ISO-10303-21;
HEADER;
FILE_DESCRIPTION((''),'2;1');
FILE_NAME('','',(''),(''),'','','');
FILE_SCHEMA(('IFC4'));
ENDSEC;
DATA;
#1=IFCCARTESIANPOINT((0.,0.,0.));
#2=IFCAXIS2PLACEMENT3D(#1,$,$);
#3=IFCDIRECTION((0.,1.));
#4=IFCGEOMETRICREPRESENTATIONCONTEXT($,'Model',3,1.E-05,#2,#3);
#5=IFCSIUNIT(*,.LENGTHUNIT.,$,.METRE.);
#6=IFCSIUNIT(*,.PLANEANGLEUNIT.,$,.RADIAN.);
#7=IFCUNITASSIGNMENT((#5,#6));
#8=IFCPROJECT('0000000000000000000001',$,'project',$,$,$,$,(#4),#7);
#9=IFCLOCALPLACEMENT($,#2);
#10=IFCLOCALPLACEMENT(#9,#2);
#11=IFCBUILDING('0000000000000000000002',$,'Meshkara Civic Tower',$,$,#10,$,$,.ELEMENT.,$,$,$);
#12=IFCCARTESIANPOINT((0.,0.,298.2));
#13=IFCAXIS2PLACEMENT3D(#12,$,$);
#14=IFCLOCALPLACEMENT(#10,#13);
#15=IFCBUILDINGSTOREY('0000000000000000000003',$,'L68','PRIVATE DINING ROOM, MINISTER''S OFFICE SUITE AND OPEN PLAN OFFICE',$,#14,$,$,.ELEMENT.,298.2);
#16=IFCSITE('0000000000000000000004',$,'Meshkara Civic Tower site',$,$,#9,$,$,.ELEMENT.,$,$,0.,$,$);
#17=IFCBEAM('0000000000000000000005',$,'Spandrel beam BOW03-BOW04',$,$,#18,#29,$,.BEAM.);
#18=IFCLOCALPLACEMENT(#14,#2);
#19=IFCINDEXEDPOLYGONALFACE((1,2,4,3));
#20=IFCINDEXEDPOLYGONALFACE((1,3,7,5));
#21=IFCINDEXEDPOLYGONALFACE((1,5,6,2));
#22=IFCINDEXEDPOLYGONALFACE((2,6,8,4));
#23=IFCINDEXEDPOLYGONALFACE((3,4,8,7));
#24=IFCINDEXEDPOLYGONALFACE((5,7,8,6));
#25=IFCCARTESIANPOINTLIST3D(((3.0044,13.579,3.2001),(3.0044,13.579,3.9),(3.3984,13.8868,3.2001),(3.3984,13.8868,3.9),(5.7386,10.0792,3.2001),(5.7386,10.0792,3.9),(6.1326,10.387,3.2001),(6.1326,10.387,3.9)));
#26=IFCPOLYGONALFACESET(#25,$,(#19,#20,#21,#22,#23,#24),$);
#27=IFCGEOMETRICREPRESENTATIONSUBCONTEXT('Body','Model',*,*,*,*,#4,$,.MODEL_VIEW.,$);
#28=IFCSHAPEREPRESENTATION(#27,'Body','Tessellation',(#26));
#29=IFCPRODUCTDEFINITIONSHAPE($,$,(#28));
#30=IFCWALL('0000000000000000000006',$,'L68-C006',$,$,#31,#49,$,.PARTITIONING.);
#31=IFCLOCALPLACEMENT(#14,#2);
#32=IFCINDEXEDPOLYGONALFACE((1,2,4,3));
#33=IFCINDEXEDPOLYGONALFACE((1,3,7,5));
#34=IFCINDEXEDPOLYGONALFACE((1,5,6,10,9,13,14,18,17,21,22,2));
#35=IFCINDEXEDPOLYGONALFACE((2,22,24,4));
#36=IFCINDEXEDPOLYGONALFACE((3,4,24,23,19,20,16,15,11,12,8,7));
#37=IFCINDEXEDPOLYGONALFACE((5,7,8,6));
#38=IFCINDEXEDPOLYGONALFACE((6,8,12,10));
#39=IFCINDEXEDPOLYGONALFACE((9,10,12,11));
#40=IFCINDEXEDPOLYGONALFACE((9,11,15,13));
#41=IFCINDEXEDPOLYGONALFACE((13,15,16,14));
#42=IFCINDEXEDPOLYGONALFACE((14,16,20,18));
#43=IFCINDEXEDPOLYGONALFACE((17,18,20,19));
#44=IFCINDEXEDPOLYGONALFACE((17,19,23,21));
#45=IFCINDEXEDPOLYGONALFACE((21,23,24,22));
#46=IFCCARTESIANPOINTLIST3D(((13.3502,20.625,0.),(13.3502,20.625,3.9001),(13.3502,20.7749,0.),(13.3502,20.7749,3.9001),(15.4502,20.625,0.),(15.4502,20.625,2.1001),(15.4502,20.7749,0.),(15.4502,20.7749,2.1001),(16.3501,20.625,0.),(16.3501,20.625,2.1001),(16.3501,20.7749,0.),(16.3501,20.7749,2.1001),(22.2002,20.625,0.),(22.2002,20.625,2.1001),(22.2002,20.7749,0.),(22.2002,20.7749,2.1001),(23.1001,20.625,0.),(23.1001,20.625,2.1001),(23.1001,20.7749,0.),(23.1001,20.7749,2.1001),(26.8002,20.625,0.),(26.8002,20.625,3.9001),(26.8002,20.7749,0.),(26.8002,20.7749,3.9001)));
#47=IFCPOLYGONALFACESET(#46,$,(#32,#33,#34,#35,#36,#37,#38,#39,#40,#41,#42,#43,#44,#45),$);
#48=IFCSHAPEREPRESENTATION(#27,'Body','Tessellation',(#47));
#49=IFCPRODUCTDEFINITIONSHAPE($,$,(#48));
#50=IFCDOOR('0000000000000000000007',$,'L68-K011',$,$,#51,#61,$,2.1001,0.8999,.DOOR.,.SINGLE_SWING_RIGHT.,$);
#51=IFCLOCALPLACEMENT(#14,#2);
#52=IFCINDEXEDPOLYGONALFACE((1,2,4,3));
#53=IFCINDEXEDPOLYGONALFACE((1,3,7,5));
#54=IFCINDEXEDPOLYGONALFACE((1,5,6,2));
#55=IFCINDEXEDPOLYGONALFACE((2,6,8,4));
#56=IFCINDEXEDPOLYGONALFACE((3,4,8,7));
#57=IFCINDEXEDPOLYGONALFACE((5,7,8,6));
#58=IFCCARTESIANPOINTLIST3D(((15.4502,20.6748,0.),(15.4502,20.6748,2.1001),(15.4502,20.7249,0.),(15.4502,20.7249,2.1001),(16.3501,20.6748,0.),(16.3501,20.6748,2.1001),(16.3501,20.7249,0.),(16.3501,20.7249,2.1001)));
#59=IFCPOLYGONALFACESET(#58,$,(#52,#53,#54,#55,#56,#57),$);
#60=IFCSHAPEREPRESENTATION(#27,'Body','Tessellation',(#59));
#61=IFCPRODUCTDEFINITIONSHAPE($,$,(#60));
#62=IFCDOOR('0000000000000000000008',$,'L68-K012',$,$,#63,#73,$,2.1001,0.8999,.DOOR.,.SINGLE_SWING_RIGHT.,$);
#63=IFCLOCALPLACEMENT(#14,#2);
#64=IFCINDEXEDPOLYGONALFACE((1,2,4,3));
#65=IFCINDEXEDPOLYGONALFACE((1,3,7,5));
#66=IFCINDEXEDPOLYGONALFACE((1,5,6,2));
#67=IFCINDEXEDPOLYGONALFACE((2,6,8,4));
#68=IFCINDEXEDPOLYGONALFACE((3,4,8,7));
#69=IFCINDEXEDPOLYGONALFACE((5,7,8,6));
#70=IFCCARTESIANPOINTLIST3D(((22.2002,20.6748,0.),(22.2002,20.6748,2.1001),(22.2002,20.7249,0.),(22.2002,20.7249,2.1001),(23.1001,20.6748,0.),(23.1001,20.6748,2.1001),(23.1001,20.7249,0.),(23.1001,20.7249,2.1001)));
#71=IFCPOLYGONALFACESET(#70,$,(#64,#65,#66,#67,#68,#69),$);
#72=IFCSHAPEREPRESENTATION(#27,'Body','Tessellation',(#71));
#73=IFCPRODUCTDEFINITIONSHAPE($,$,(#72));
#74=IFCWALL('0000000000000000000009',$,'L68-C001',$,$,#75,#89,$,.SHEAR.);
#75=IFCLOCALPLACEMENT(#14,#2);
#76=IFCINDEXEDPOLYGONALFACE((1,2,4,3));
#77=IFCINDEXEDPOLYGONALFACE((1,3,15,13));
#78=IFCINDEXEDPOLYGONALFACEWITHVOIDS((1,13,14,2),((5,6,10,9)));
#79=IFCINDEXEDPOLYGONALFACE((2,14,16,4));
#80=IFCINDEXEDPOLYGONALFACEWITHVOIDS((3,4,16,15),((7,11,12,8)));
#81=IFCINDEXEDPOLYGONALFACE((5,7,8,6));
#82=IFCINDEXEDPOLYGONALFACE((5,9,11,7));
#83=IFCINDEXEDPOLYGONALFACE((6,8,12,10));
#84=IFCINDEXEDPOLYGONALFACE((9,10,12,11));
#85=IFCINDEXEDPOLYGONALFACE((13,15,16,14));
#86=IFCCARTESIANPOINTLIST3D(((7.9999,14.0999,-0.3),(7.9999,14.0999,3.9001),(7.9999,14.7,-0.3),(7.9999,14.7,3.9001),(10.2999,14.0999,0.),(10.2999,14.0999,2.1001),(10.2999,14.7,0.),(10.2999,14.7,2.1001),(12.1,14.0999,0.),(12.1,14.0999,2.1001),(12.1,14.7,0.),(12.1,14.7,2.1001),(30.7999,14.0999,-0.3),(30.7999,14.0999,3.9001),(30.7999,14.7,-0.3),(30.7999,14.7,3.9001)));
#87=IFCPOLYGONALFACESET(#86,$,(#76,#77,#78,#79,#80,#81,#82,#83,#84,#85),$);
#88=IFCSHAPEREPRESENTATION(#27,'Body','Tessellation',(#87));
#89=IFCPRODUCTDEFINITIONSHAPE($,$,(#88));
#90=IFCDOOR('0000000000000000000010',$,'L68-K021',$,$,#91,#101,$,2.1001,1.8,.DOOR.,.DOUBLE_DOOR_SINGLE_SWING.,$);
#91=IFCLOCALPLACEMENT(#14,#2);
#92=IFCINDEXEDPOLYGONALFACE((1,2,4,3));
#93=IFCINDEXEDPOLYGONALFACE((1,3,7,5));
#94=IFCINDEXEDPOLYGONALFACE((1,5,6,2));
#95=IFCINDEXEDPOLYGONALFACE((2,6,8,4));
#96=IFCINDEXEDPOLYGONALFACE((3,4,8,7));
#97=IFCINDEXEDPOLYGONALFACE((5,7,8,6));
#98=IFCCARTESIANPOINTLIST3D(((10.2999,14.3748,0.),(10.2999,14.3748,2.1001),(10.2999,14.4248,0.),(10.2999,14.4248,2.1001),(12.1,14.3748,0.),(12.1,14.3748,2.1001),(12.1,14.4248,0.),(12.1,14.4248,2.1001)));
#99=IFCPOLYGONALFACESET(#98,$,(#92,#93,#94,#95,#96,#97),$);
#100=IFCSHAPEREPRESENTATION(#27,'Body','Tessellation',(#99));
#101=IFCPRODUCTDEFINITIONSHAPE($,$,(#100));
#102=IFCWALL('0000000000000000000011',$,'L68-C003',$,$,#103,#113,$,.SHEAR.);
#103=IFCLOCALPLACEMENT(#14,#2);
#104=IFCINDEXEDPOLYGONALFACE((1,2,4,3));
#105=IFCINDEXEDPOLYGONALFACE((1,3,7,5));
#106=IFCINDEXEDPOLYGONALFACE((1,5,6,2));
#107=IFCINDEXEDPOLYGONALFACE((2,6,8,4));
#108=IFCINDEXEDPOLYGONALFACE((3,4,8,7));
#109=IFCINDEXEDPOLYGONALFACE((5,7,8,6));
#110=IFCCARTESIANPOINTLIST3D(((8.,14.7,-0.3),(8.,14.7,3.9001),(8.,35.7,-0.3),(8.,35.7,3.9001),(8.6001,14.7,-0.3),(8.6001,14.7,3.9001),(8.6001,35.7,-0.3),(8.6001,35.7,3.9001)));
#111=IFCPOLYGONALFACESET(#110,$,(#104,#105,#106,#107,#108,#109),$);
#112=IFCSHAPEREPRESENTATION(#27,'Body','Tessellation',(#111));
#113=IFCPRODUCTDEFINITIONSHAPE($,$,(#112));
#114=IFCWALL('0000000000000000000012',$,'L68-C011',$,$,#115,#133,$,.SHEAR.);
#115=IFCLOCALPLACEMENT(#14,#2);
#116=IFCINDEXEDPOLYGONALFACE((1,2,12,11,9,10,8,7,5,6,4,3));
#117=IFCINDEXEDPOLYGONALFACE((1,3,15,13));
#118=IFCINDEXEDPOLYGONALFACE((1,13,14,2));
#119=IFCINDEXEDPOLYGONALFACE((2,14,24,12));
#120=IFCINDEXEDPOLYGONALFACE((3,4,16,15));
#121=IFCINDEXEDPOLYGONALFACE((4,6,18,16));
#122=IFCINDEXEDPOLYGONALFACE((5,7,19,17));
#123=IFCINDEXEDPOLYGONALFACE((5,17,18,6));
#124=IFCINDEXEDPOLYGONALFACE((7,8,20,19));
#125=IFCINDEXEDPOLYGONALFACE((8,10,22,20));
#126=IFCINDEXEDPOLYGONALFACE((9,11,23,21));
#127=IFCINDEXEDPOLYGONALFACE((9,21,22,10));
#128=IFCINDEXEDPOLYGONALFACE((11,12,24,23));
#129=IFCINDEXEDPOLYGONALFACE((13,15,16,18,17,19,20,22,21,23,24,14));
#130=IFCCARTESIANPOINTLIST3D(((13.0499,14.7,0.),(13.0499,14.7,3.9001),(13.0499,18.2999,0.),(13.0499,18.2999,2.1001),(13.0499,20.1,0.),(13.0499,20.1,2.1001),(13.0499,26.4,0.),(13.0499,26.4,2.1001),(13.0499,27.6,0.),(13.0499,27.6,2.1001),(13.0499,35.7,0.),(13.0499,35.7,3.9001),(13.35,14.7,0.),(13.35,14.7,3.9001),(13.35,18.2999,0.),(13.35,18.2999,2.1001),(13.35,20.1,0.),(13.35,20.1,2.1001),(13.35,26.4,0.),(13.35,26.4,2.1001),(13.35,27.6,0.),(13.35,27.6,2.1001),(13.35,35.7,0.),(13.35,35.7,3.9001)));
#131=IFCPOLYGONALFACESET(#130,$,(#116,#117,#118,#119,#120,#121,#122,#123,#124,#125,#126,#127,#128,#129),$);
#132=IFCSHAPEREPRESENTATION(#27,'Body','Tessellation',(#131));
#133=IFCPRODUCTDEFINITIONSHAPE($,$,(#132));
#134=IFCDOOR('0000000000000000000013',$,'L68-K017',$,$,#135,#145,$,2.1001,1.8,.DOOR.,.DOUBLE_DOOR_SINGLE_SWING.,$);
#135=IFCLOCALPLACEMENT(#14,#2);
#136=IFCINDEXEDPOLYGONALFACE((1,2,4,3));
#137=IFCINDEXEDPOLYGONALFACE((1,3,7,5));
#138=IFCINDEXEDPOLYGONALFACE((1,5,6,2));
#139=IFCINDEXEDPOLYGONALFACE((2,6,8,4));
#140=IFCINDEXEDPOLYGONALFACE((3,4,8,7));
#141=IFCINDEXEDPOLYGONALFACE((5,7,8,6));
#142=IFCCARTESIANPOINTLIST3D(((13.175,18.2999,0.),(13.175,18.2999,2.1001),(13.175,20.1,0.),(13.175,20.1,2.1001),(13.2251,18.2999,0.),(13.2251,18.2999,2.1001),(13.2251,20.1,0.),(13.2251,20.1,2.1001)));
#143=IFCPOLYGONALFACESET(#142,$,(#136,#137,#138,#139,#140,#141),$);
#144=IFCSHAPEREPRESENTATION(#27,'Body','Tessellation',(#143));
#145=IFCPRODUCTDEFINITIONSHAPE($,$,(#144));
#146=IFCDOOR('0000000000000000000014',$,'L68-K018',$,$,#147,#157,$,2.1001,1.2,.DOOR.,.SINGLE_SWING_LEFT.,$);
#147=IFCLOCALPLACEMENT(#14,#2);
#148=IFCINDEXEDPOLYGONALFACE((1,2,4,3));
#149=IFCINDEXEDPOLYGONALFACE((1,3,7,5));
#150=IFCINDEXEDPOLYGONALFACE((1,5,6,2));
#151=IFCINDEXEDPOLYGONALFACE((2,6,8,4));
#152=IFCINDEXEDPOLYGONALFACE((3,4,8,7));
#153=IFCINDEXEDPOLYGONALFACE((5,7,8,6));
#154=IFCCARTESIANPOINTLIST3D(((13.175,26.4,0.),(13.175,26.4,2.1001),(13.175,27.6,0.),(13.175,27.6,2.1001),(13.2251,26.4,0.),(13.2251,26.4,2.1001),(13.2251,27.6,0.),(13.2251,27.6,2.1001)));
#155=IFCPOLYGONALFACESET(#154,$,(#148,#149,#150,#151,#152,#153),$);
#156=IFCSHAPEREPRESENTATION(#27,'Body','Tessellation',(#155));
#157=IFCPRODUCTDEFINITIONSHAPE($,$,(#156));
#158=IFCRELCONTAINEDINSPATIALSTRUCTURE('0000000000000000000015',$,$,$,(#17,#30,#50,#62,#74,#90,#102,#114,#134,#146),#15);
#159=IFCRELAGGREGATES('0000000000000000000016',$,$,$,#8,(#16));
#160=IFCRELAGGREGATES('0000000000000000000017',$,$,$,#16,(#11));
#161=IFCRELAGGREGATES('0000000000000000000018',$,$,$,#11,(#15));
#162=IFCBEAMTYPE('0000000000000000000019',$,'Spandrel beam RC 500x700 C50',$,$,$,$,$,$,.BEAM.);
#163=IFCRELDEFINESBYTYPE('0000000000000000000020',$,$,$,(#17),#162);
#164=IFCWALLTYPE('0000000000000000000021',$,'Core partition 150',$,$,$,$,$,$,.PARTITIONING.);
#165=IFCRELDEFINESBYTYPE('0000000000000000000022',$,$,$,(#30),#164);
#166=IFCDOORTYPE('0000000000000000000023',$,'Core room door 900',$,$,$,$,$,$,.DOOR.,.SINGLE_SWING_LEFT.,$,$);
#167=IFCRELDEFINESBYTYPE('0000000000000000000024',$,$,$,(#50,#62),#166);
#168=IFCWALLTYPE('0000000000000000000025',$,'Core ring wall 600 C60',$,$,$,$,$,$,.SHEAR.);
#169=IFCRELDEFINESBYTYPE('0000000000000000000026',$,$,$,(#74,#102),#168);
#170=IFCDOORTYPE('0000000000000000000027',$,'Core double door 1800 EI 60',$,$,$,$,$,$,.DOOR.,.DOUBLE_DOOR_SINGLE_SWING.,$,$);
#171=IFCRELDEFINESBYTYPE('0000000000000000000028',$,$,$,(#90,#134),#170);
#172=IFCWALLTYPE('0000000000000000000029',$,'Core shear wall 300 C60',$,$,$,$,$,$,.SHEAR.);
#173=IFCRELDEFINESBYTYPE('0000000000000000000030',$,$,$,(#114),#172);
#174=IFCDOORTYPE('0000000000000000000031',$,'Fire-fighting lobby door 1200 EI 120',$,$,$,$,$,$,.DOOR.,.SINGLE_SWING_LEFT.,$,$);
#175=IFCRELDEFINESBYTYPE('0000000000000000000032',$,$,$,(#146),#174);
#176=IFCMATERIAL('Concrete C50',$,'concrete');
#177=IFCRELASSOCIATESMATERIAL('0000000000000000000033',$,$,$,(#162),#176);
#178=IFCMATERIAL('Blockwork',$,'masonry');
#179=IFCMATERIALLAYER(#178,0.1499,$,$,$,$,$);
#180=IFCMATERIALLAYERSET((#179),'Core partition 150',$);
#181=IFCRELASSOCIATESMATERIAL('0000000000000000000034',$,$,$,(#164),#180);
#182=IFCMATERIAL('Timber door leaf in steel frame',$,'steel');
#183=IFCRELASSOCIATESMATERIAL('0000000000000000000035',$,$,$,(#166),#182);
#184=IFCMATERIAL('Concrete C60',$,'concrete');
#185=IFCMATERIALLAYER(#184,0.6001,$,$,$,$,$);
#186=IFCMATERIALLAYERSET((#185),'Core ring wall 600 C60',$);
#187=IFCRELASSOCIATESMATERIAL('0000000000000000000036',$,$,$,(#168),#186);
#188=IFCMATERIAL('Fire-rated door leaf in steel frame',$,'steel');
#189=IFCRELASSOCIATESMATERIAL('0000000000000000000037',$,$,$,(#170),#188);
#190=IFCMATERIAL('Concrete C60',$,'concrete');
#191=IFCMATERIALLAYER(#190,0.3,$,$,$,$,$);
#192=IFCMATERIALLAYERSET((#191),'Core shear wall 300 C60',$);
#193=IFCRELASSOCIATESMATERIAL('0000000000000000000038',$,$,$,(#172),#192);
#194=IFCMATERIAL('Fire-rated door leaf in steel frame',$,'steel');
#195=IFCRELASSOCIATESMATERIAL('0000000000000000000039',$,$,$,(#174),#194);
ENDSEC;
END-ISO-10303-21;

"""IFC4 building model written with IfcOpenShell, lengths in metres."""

from ifc_helpers import new_model, si_unit, direction, frame, frame_2d, origin, origin_2d, place, context, subcontext, project, spatial, rectangle, extrude, material, layer, layer_set, material_profile, profile_set, type_object, element, fill, save


model = new_model("IFC4")

# Units and contexts
model_context = context("Model", 3, precision=1e-05, world=origin(), true_north=direction((0.0, 1.0)))
body_context = subcontext(model_context, "Body", "Model", "MODEL_VIEW")
ifc_project = project(units=[si_unit("LENGTHUNIT", "METRE"), si_unit("PLANEANGLEUNIT", "RADIAN")], contexts=[model_context])

# Site, building, storey
site_placement = place(None, origin())
site = spatial("IfcSite", under=ifc_project, at=site_placement, Name="Meshkara Civic Tower site", CompositionType="ELEMENT", RefElevation=0.0)
building_placement = place(site_placement, origin())
building = spatial("IfcBuilding", under=site, at=building_placement, Name="Meshkara Civic Tower", CompositionType="ELEMENT")
storey_placement = place(building_placement, frame((0.0, 0.0, 298.2)))
storey = spatial("IfcBuildingStorey", under=building, at=storey_placement, Name="L68", Description="PRIVATE DINING ROOM, MINISTER'S OFFICE SUITE AND OPEN PLAN OFFICE", CompositionType="ELEMENT", Elevation=298.2)

# Beam
ifc_material_1 = material(Name="Concrete C50", Category="concrete")
ifc_material_profile = material_profile(ifc_material_1, rectangle(XDim=0.5, YDim=0.7, at=origin_2d()))
ifc_profile_set = profile_set([ifc_material_profile], Name="Concrete C50")
beam_type = type_object("IfcBeamType", Name="Spandrel beam RC 500x700 C50", PredefinedType="BEAM", material=ifc_profile_set)
beam_placement = place(storey_placement, frame((3.2014, 13.7329, 3.55), z_axis=(0.615637, -0.78803, 0.0), x_axis=(0.78803, 0.615637, 0.0)))
element("IfcBeam", 1, at=beam_placement, inside=storey, type_object=beam_type, Name="Spandrel beam BOW03-BOW04", PredefinedType="BEAM", context=body_context, shape_type="SweptSolid", body=[
    extrude(rectangle(XDim=0.5, YDim=0.7, at=origin_2d()), origin(), (0.0, 0.0, 1.0), 4.4412),
])

# Wall, openings, doors
ifc_material_2 = material(Name="Blockwork", Category="masonry")
ifc_layer_1 = layer(ifc_material_2, 0.1499)
ifc_layer_set_1 = layer_set([ifc_layer_1], Name="Core partition 150")
wall_type_1 = type_object("IfcWallType", Name="Core partition 150", PredefinedType="PARTITIONING", material=ifc_layer_set_1)
wall_1_placement = place(storey_placement, frame((13.3501, 20.7, 0.0), z_axis=(0.0, 0.0, 1.0), x_axis=(1.0, 0.0, 0.0)))
wall_1 = element("IfcWall", 2, at=wall_1_placement, inside=storey, type_object=wall_type_1, Name="L68-C006", PredefinedType="PARTITIONING", context=body_context, shape_type="SweptSolid", body=[
    extrude(rectangle(XDim=13.45, YDim=0.1499, at=frame_2d((6.7251, 0.0))), origin(), (0.0, 0.0, 1.0), 3.9001),
])
opening_1_placement = place(wall_1_placement, frame((2.1001, 0.0, 0.0)))
opening_1 = element("IfcOpeningElement", 3, at=opening_1_placement, cuts=wall_1, PredefinedType="OPENING", context=body_context, shape_type="SweptSolid", body=[
    extrude(rectangle(XDim=0.8999, YDim=2.1001, at=frame_2d((0.45, 1.05))), frame((0.0, 0.085, 0.0), z_axis=(0.0, -1.0, 0.0), x_axis=(1.0, 0.0, 0.0)), (0.0, 0.0, 1.0), 0.1699),
])
opening_2_placement = place(wall_1_placement, frame((8.8501, 0.0, 0.0)))
opening_2 = element("IfcOpeningElement", 4, at=opening_2_placement, cuts=wall_1, PredefinedType="OPENING", context=body_context, shape_type="SweptSolid", body=[
    extrude(rectangle(XDim=0.8999, YDim=2.1001, at=frame_2d((0.45, 1.05))), frame((0.0, 0.085, 0.0), z_axis=(0.0, -1.0, 0.0), x_axis=(1.0, 0.0, 0.0)), (0.0, 0.0, 1.0), 0.1699),
])
ifc_material_3 = material(Name="Timber door leaf in steel frame", Category="steel")
door_type_1 = type_object("IfcDoorType", Name="Core room door 900", OperationType="SINGLE_SWING_LEFT", PredefinedType="DOOR", material=ifc_material_3)
door_1_placement = place(opening_1_placement, origin())
door_1 = element("IfcDoor", 5, at=door_1_placement, inside=storey, type_object=door_type_1, Name="L68-K011", OperationType="SINGLE_SWING_RIGHT", OverallHeight=2.1001, OverallWidth=0.8999, PredefinedType="DOOR", context=body_context, shape_type="SweptSolid", body=[
    extrude(rectangle(XDim=0.8999, YDim=2.1001, at=frame_2d((0.45, 1.05))), frame((0.0, 0.0249, 0.0), z_axis=(0.0, -1.0, 0.0), x_axis=(1.0, 0.0, 0.0)), (0.0, 0.0, 1.0), 0.05),
])
fill(opening_1, door_1)
door_2_placement = place(opening_2_placement, origin())
door_2 = element("IfcDoor", 6, at=door_2_placement, inside=storey, type_object=door_type_1, Name="L68-K012", OperationType="SINGLE_SWING_RIGHT", OverallHeight=2.1001, OverallWidth=0.8999, PredefinedType="DOOR", context=body_context, shape_type="SweptSolid", body=[
    extrude(rectangle(XDim=0.8999, YDim=2.1001, at=frame_2d((0.45, 1.05))), frame((0.0, 0.0249, 0.0), z_axis=(0.0, -1.0, 0.0), x_axis=(1.0, 0.0, 0.0)), (0.0, 0.0, 1.0), 0.05),
])
fill(opening_2, door_2)

# Wall, opening, door
ifc_material_4 = material(Name="Concrete C60", Category="concrete")
ifc_layer_2 = layer(ifc_material_4, 0.6001)
ifc_layer_set_2 = layer_set([ifc_layer_2], Name="Core ring wall 600 C60")
wall_type_2 = type_object("IfcWallType", Name="Core ring wall 600 C60", PredefinedType="SHEAR", material=ifc_layer_set_2)
wall_2_placement = place(storey_placement, frame((8.0, 14.3999, -0.3), z_axis=(0.0, 0.0, 1.0), x_axis=(1.0, 0.0, 0.0)))
wall_2 = element("IfcWall", 7, at=wall_2_placement, inside=storey, type_object=wall_type_2, Name="L68-C001", PredefinedType="SHEAR", context=body_context, shape_type="SweptSolid", body=[
    extrude(rectangle(XDim=22.8, YDim=0.6001, at=frame_2d((11.3999, 0.0))), origin(), (0.0, 0.0, 1.0), 4.2002),
])
opening_3_placement = place(wall_2_placement, frame((2.3, 0.0, 0.3)))
opening_3 = element("IfcOpeningElement", 8, at=opening_3_placement, cuts=wall_2, PredefinedType="OPENING", context=body_context, shape_type="SweptSolid", body=[
    extrude(rectangle(XDim=1.8, YDim=2.1001, at=frame_2d((0.8999, 1.05))), frame((0.0, 0.3101, 0.0), z_axis=(0.0, -1.0, 0.0), x_axis=(1.0, 0.0, 0.0)), (0.0, 0.0, 1.0), 0.6201),
])
ifc_material_5 = material(Name="Fire-rated door leaf in steel frame", Category="steel")
door_type_2 = type_object("IfcDoorType", Name="Core double door 1800 EI 60", OperationType="DOUBLE_DOOR_SINGLE_SWING", PredefinedType="DOOR", material=ifc_material_5)
door_3_placement = place(opening_3_placement, origin())
door_3 = element("IfcDoor", 9, at=door_3_placement, inside=storey, type_object=door_type_2, Name="L68-K021", OperationType="DOUBLE_DOOR_SINGLE_SWING", OverallHeight=2.1001, OverallWidth=1.8, PredefinedType="DOOR", context=body_context, shape_type="SweptSolid", body=[
    extrude(rectangle(XDim=1.8, YDim=2.1001, at=frame_2d((0.8999, 1.05))), frame((0.0, 0.0249, 0.0), z_axis=(0.0, -1.0, 0.0), x_axis=(1.0, 0.0, 0.0)), (0.0, 0.0, 1.0), 0.05),
])
fill(opening_3, door_3)

# Wall
wall_3_placement = place(storey_placement, frame((8.3, 14.7, -0.3), z_axis=(0.0, 0.0, 1.0), x_axis=(0.0, 1.0, 0.0)))
element("IfcWall", 10, at=wall_3_placement, inside=storey, type_object=wall_type_2, Name="L68-C003", PredefinedType="SHEAR", context=body_context, shape_type="SweptSolid", body=[
    extrude(rectangle(XDim=21.0, YDim=0.6001, at=frame_2d((10.5, 0.0))), origin(), (0.0, 0.0, 1.0), 4.2002),
])

# Wall, openings, doors
ifc_material_6 = material(Name="Concrete C60", Category="concrete")
ifc_layer_3 = layer(ifc_material_6, 0.3)
ifc_layer_set_3 = layer_set([ifc_layer_3], Name="Core shear wall 300 C60")
wall_type_3 = type_object("IfcWallType", Name="Core shear wall 300 C60", PredefinedType="SHEAR", material=ifc_layer_set_3)
wall_4_placement = place(storey_placement, frame((13.2, 14.7, 0.0), z_axis=(0.0, 0.0, 1.0), x_axis=(0.0, 1.0, 0.0)))
wall_4 = element("IfcWall", 11, at=wall_4_placement, inside=storey, type_object=wall_type_3, Name="L68-C011", PredefinedType="SHEAR", context=body_context, shape_type="SweptSolid", body=[
    extrude(rectangle(XDim=21.0, YDim=0.3, at=frame_2d((10.5, 0.0))), origin(), (0.0, 0.0, 1.0), 3.9001),
])
opening_4_placement = place(wall_4_placement, frame((3.6001, 0.0, 0.0)))
opening_4 = element("IfcOpeningElement", 12, at=opening_4_placement, cuts=wall_4, PredefinedType="OPENING", context=body_context, shape_type="SweptSolid", body=[
    extrude(rectangle(XDim=1.8, YDim=2.1001, at=frame_2d((0.8999, 1.05))), frame((0.0, 0.1599, 0.0), z_axis=(0.0, -1.0, 0.0), x_axis=(1.0, 0.0, 0.0)), (0.0, 0.0, 1.0), 0.3201),
])
opening_5_placement = place(wall_4_placement, frame((11.7, 0.0, 0.0)))
opening_5 = element("IfcOpeningElement", 13, at=opening_5_placement, cuts=wall_4, PredefinedType="OPENING", context=body_context, shape_type="SweptSolid", body=[
    extrude(rectangle(XDim=1.2, YDim=2.1001, at=frame_2d((0.6001, 1.05))), frame((0.0, 0.1599, 0.0), z_axis=(0.0, -1.0, 0.0), x_axis=(1.0, 0.0, 0.0)), (0.0, 0.0, 1.0), 0.3201),
])
door_4_placement = place(opening_4_placement, origin())
door_4 = element("IfcDoor", 14, at=door_4_placement, inside=storey, type_object=door_type_2, Name="L68-K017", OperationType="DOUBLE_DOOR_SINGLE_SWING", OverallHeight=2.1001, OverallWidth=1.8, PredefinedType="DOOR", context=body_context, shape_type="SweptSolid", body=[
    extrude(rectangle(XDim=1.8, YDim=2.1001, at=frame_2d((0.8999, 1.05))), frame((0.0, 0.0249, 0.0), z_axis=(0.0, -1.0, 0.0), x_axis=(1.0, 0.0, 0.0)), (0.0, 0.0, 1.0), 0.05),
])
fill(opening_4, door_4)
ifc_material_7 = material(Name="Fire-rated door leaf in steel frame", Category="steel")
door_type_3 = type_object("IfcDoorType", Name="Fire-fighting lobby door 1200 EI 120", OperationType="SINGLE_SWING_LEFT", PredefinedType="DOOR", material=ifc_material_7)
door_5_placement = place(opening_5_placement, origin())
door_5 = element("IfcDoor", 15, at=door_5_placement, inside=storey, type_object=door_type_3, Name="L68-K018", OperationType="SINGLE_SWING_LEFT", OverallHeight=2.1001, OverallWidth=1.2, PredefinedType="DOOR", context=body_context, shape_type="SweptSolid", body=[
    extrude(rectangle(XDim=1.2, YDim=2.1001, at=frame_2d((0.6001, 1.05))), frame((0.0, 0.0249, 0.0), z_axis=(0.0, -1.0, 0.0), x_axis=(1.0, 0.0, 0.0)), (0.0, 0.0, 1.0), 0.05),
])
fill(opening_5, door_5)

save(model, "model.ifc")
